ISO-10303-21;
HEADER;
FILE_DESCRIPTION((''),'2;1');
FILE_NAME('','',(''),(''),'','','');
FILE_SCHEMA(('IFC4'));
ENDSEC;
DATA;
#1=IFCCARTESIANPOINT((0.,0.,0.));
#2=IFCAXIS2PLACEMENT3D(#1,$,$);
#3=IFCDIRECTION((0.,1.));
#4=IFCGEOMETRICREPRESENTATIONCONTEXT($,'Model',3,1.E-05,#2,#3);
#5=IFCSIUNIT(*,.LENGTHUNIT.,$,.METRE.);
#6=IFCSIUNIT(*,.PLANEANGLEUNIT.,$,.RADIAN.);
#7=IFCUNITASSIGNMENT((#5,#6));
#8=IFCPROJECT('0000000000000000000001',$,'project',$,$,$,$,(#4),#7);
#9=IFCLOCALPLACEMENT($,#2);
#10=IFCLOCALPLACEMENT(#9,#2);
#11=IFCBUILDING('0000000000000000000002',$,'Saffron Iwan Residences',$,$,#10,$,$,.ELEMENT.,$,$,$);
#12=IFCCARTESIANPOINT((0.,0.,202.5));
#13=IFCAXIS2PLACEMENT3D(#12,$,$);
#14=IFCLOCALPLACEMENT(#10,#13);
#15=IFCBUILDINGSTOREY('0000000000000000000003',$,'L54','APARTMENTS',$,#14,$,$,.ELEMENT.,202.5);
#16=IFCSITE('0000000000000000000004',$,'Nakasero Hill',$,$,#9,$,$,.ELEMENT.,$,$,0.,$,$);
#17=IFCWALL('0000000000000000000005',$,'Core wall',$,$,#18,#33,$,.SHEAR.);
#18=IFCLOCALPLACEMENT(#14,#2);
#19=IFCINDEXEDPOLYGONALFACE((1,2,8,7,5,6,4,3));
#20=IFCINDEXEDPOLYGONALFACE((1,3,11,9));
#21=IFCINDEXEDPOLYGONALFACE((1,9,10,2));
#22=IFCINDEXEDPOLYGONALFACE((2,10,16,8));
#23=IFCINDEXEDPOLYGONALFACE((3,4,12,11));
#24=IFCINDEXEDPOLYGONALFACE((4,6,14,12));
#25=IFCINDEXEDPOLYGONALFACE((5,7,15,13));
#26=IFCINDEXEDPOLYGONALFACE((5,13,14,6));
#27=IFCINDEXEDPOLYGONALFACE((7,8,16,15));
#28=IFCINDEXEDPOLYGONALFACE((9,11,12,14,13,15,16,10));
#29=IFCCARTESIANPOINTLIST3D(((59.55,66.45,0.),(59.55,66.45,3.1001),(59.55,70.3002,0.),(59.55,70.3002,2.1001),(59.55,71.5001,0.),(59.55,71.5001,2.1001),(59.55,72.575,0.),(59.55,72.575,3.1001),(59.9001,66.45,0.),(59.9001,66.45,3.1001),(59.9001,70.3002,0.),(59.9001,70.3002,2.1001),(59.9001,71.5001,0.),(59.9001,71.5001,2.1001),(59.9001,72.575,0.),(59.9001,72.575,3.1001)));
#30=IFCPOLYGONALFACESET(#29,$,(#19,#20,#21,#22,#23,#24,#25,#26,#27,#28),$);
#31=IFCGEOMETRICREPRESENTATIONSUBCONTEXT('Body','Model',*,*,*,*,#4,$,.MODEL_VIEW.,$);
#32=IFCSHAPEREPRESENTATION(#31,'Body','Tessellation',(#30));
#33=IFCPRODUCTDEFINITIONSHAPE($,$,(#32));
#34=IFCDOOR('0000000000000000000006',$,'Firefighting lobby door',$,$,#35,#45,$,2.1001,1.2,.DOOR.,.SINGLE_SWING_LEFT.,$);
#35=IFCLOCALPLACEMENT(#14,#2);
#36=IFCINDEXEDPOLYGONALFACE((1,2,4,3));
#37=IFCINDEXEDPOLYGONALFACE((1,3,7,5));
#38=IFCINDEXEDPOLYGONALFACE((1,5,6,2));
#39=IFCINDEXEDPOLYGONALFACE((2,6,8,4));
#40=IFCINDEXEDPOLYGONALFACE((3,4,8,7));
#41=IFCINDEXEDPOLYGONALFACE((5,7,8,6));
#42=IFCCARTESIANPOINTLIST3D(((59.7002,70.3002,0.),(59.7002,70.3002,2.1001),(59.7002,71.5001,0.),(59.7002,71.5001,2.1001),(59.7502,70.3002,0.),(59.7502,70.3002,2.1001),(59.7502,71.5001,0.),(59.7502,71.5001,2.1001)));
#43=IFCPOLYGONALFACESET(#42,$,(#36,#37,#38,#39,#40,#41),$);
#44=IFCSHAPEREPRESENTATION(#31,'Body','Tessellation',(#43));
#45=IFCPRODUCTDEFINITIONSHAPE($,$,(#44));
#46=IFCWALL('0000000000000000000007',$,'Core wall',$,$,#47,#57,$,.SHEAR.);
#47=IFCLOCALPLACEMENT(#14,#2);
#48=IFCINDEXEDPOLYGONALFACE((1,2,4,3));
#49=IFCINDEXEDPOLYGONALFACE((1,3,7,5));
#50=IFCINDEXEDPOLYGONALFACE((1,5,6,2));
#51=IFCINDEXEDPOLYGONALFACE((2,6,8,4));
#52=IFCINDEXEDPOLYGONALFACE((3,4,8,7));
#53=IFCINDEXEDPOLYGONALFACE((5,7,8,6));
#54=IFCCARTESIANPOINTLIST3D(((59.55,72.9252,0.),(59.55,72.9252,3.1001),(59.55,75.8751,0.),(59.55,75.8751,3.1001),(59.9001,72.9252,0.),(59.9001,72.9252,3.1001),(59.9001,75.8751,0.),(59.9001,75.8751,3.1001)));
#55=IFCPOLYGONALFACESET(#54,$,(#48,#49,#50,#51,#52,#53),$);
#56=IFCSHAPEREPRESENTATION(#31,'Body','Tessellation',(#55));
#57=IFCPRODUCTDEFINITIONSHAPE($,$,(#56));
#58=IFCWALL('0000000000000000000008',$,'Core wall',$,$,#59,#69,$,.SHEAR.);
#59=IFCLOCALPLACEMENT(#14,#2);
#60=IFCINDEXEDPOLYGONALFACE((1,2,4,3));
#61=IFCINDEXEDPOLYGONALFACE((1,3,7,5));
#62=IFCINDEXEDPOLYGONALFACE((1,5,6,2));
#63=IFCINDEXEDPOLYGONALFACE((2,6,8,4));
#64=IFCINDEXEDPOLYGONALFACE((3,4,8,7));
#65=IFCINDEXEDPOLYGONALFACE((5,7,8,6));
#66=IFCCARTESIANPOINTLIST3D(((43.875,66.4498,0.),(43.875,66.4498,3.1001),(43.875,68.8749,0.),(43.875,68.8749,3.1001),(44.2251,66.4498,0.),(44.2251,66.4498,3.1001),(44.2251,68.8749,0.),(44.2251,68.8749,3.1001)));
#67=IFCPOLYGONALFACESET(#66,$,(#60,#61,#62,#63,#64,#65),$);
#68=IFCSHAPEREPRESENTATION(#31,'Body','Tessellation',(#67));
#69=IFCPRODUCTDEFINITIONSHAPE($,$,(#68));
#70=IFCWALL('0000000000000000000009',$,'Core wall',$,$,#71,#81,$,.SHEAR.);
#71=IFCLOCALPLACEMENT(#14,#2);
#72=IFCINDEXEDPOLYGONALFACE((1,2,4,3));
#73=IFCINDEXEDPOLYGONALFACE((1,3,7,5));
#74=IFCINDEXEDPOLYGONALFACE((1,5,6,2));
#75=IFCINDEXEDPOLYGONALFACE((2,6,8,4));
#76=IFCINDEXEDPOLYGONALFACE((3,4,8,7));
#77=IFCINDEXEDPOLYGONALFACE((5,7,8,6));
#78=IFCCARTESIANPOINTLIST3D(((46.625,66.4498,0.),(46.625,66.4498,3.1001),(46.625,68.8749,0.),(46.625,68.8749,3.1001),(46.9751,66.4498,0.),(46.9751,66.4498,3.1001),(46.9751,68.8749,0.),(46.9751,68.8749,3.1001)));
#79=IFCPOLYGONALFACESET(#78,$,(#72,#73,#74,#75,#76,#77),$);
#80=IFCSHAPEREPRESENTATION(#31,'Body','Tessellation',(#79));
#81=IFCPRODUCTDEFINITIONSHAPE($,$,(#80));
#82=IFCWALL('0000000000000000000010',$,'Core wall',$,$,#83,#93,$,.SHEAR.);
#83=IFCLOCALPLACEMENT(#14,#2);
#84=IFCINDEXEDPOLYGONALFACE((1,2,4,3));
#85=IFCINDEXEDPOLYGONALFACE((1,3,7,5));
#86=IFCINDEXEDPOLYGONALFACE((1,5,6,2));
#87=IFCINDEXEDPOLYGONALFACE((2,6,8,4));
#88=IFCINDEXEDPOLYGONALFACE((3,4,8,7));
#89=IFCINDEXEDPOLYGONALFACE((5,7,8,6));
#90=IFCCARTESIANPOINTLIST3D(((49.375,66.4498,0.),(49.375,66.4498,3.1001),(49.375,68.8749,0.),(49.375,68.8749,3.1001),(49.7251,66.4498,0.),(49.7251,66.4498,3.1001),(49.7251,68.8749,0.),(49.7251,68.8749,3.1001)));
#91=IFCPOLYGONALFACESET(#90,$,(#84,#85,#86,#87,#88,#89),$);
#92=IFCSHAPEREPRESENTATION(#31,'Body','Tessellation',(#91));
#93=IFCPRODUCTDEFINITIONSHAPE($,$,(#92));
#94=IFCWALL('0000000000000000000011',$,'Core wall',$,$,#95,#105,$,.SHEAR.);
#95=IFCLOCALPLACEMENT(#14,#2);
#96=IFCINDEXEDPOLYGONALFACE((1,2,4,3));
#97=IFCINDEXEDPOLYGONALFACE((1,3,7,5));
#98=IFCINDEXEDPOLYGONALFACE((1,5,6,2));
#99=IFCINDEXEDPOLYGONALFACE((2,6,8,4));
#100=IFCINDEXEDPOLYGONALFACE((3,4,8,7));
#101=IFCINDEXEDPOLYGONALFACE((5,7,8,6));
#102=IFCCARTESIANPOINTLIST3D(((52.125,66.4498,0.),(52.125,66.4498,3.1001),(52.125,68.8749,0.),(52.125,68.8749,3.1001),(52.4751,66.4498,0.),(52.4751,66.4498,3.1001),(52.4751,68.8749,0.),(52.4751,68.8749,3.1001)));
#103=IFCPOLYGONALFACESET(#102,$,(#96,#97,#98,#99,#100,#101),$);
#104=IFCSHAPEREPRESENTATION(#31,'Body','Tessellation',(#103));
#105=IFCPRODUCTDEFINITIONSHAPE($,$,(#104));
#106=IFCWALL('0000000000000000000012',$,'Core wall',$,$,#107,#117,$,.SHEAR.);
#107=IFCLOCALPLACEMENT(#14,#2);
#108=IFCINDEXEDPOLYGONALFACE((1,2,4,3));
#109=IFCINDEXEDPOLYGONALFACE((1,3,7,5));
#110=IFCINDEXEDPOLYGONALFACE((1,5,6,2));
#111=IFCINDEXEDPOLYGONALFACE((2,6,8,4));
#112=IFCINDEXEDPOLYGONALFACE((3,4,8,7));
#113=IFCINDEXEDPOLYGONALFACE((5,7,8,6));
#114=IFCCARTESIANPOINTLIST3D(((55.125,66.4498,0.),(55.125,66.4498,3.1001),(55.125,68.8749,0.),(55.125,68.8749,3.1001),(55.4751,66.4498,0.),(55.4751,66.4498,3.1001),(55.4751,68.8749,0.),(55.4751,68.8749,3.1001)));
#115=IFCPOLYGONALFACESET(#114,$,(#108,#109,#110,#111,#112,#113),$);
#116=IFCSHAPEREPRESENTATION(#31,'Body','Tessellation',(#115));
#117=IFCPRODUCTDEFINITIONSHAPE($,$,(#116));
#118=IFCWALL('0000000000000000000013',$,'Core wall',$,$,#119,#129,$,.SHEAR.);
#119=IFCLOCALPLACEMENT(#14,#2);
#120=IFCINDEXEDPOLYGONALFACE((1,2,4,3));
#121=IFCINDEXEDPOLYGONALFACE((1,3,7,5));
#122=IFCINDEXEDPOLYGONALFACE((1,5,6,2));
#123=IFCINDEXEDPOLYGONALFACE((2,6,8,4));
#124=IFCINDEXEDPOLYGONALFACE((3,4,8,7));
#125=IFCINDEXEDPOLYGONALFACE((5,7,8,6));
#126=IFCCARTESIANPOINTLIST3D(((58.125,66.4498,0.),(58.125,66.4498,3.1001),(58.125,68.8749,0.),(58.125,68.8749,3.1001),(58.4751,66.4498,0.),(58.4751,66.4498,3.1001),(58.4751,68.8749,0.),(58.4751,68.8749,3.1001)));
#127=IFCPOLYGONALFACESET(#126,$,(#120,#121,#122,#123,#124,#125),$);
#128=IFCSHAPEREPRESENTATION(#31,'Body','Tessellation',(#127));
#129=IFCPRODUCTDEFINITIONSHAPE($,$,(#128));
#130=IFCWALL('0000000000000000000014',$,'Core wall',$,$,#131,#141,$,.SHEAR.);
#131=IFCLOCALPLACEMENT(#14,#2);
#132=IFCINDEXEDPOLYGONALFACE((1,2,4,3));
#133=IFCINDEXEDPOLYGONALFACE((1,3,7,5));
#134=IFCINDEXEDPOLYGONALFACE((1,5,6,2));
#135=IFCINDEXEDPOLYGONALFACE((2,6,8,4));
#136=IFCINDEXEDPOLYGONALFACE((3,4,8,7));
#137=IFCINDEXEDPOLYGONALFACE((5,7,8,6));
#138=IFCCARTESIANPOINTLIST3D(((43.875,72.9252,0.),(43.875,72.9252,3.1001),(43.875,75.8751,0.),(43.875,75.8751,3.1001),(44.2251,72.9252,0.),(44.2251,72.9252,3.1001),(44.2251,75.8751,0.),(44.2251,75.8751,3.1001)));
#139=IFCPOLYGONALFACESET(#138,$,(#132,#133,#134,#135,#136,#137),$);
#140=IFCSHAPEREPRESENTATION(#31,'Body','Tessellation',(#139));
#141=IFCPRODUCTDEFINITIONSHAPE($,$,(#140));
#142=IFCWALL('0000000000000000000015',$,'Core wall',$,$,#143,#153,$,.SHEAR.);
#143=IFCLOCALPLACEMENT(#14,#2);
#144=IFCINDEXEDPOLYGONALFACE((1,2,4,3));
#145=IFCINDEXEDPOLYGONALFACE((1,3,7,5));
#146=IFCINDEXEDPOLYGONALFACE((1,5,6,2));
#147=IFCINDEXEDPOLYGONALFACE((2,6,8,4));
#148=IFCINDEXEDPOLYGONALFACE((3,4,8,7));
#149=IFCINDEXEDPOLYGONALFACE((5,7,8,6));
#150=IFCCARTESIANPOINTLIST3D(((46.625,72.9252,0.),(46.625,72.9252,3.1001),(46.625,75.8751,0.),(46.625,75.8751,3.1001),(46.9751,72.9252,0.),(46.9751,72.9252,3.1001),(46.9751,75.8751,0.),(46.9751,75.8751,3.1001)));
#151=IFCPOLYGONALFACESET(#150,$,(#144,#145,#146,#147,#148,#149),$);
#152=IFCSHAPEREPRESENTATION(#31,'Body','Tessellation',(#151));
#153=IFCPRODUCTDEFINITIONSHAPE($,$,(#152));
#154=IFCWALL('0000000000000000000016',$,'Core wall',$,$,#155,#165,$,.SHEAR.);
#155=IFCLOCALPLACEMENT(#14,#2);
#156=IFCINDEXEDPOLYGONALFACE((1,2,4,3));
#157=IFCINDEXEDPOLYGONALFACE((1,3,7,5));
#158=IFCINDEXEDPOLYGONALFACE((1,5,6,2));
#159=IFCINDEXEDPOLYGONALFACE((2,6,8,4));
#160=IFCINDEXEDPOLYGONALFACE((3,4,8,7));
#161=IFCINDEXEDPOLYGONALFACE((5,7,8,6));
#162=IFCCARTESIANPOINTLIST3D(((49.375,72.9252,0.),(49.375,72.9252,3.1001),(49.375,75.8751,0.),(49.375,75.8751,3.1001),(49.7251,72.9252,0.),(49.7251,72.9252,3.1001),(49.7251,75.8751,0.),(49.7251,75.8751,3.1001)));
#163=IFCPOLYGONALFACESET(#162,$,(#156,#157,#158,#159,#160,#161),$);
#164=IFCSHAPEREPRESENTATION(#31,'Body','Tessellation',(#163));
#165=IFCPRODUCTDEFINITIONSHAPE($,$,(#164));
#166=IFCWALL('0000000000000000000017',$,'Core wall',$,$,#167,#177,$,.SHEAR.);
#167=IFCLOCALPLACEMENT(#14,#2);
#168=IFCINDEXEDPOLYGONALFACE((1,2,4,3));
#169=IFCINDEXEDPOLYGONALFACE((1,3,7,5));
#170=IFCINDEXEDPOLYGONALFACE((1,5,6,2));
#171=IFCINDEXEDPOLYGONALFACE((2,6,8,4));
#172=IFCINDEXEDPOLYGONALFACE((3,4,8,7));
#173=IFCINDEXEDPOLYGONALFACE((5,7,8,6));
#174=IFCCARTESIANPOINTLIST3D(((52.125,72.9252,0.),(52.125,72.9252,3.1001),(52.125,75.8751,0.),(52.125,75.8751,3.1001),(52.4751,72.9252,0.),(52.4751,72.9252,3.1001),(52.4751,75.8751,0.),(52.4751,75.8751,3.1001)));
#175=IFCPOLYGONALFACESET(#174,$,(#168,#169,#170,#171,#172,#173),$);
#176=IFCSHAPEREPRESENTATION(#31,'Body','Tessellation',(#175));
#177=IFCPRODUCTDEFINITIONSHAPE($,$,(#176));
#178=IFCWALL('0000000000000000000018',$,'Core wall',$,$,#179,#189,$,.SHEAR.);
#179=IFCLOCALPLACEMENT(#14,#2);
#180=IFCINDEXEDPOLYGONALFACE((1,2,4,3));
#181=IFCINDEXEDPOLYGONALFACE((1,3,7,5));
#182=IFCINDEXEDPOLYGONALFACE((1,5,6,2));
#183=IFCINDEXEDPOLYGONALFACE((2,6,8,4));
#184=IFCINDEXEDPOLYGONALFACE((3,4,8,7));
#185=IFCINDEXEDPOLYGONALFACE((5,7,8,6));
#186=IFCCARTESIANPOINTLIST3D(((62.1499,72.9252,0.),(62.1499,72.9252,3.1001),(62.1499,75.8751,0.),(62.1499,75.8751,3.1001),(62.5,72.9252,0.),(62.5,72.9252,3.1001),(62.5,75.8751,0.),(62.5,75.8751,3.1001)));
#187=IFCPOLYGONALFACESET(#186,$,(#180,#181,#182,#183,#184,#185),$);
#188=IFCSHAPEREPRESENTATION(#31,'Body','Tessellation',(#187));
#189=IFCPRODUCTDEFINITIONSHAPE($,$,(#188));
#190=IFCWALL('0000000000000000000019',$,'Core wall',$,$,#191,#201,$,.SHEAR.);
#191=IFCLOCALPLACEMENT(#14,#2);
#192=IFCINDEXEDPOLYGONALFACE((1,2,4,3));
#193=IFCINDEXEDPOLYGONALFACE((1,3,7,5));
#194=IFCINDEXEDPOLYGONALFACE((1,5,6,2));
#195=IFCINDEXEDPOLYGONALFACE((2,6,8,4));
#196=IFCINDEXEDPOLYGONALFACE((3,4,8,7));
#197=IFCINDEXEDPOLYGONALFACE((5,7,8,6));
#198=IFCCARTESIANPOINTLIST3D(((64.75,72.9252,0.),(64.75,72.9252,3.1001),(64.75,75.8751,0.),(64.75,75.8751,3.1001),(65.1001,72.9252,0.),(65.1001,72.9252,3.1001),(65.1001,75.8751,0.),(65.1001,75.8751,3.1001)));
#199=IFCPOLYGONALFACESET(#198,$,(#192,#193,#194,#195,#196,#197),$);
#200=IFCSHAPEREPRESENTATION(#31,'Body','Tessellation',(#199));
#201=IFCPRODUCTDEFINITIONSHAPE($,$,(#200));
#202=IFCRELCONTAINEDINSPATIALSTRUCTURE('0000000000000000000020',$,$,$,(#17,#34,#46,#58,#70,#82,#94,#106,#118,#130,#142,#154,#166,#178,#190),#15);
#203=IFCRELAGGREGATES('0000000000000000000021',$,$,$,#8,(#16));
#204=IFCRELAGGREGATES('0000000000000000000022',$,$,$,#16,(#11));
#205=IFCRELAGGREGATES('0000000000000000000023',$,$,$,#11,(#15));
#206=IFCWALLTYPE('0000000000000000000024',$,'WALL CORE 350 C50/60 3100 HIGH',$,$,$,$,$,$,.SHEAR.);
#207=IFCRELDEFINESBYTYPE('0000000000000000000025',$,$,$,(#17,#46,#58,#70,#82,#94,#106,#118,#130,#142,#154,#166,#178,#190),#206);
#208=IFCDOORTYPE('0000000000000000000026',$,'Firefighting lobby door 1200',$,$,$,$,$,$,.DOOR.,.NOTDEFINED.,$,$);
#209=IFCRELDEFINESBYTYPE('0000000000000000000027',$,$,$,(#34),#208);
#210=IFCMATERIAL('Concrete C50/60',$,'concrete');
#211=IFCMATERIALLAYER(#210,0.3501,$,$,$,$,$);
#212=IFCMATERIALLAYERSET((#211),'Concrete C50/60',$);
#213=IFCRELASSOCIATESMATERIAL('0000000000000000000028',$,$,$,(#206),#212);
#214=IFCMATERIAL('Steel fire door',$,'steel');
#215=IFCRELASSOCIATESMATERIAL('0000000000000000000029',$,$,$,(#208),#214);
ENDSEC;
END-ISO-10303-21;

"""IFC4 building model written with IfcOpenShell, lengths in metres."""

from ifc_helpers import new_model, si_unit, direction, frame, frame_2d, origin, place, context, subcontext, project, spatial, rectangle, extrude, material, layer, layer_set, type_object, element, fill, save


model = new_model("IFC4")

# Units and contexts
model_context = context("Model", 3, precision=1e-05, world=origin(), true_north=direction((0.0, 1.0)))
body_context = subcontext(model_context, "Body", "Model", "MODEL_VIEW")
ifc_project = project(units=[si_unit("LENGTHUNIT", "METRE"), si_unit("PLANEANGLEUNIT", "RADIAN")], contexts=[model_context])

# Site, building, storey
site_placement = place(None, origin())
site = spatial("IfcSite", under=ifc_project, at=site_placement, Name="Nakasero Hill", CompositionType="ELEMENT", RefElevation=0.0)
building_placement = place(site_placement, origin())
building = spatial("IfcBuilding", under=site, at=building_placement, Name="Saffron Iwan Residences", CompositionType="ELEMENT")
storey_placement = place(building_placement, frame((0.0, 0.0, 202.5)))
storey = spatial("IfcBuildingStorey", under=building, at=storey_placement, Name="L54", Description="APARTMENTS", CompositionType="ELEMENT", Elevation=202.5)

# Shared definitions
ifc_material_1 = material(Name="Concrete C50/60", Category="concrete")

# Shared definitions
ifc_material_2 = material(Name="Steel fire door", Category="steel")

# Wall, opening, door
ifc_layer_1 = layer(ifc_material_1, 0.3501)
ifc_layer_set_1 = layer_set([ifc_layer_1], Name="Concrete C50/60")
wall_type_1 = type_object("IfcWallType", Name="WALL CORE 350 C50/60 3100 HIGH", PredefinedType="SHEAR", material=ifc_layer_set_1)
wall_1_placement = place(storey_placement, frame((59.7251, 66.45, 0.0), z_axis=(0.0, 0.0, 1.0), x_axis=(0.0, 1.0, 0.0)))
wall_1 = element("IfcWall", 1, at=wall_1_placement, inside=storey, type_object=wall_type_1, Name="Core wall", PredefinedType="SHEAR", context=body_context, shape_type="SweptSolid", body=[
    extrude(rectangle(XDim=6.125, YDim=0.3501, at=frame_2d((3.0625, 0.0))), origin(), (0.0, 0.0, 1.0), 3.1001),
])
opening_1_placement = place(wall_1_placement, frame((3.8501, 0.0, 0.0)))
opening_1 = element("IfcOpeningElement", 2, at=opening_1_placement, cuts=wall_1, PredefinedType="OPENING", context=body_context, shape_type="SweptSolid", body=[
    extrude(rectangle(XDim=1.2, YDim=2.1001, at=frame_2d((0.6001, 1.05))), frame((0.0, 0.1851, 0.0), z_axis=(0.0, -1.0, 0.0), x_axis=(1.0, 0.0, 0.0)), (0.0, 0.0, 1.0), 0.3701),
])
door_type_1 = type_object("IfcDoorType", Name="Firefighting lobby door 1200", OperationType="NOTDEFINED", PredefinedType="DOOR", material=ifc_material_2)
door_1_placement = place(opening_1_placement, origin())
door_1 = element("IfcDoor", 3, at=door_1_placement, inside=storey, type_object=door_type_1, Name="Firefighting lobby door", OperationType="SINGLE_SWING_LEFT", OverallHeight=2.1001, OverallWidth=1.2, PredefinedType="DOOR", context=body_context, shape_type="SweptSolid", body=[
    extrude(rectangle(XDim=1.2, YDim=2.1001, at=frame_2d((0.6001, 1.05))), frame((0.0, 0.0249, 0.0), z_axis=(0.0, -1.0, 0.0), x_axis=(1.0, 0.0, 0.0)), (0.0, 0.0, 1.0), 0.05),
])
fill(opening_1, door_1)

# Walls
wall_2_placement = place(storey_placement, frame((59.7251, 72.925, 0.0), z_axis=(0.0, 0.0, 1.0), x_axis=(0.0, 1.0, 0.0)))
element("IfcWall", 4, at=wall_2_placement, inside=storey, type_object=wall_type_1, Name="Core wall", PredefinedType="SHEAR", context=body_context, shape_type="SweptSolid", body=[
    extrude(rectangle(XDim=2.95, YDim=0.3501, at=frame_2d((1.4751, 0.0))), origin(), (0.0, 0.0, 1.0), 3.1001),
])
for number, where, z_axis, x_axis, name in (
    (5, (44.05, 66.45, 0.0), (0.0, 0.0, 1.0), (0.0, 1.0, 0.0), "Core wall"),
    (6, (46.8, 66.45, 0.0), (0.0, 0.0, 1.0), (0.0, 1.0, 0.0), "Core wall"),
    (7, (49.55, 66.45, 0.0), (0.0, 0.0, 1.0), (0.0, 1.0, 0.0), "Core wall"),
    (8, (52.3, 66.45, 0.0), (0.0, 0.0, 1.0), (0.0, 1.0, 0.0), "Core wall"),
    (9, (55.3, 66.45, 0.0), (0.0, 0.0, 1.0), (0.0, 1.0, 0.0), "Core wall"),
    (10, (58.3, 66.45, 0.0), (0.0, 0.0, 1.0), (0.0, 1.0, 0.0), "Core wall"),
):
    element("IfcWall", number, at=place(storey_placement, frame(where, z_axis=z_axis, x_axis=x_axis)), inside=storey, type_object=wall_type_1, Name=name, PredefinedType="SHEAR", context=body_context, shape_type="SweptSolid", body=[
        extrude(rectangle(XDim=2.425, YDim=0.3501, at=frame_2d((1.2124, 0.0))), origin(), (0.0, 0.0, 1.0), 3.1001),
    ])
for number, where, z_axis, x_axis, name in (
    (11, (44.05, 72.925, 0.0), (0.0, 0.0, 1.0), (0.0, 1.0, 0.0), "Core wall"),
    (12, (46.8, 72.925, 0.0), (0.0, 0.0, 1.0), (0.0, 1.0, 0.0), "Core wall"),
    (13, (49.55, 72.925, 0.0), (0.0, 0.0, 1.0), (0.0, 1.0, 0.0), "Core wall"),
    (14, (52.3, 72.925, 0.0), (0.0, 0.0, 1.0), (0.0, 1.0, 0.0), "Core wall"),
    (15, (62.325, 72.925, 0.0), (0.0, 0.0, 1.0), (0.0, 1.0, 0.0), "Core wall"),
    (16, (64.925, 72.925, 0.0), (0.0, 0.0, 1.0), (0.0, 1.0, 0.0), "Core wall"),
):
    element("IfcWall", number, at=place(storey_placement, frame(where, z_axis=z_axis, x_axis=x_axis)), inside=storey, type_object=wall_type_1, Name=name, PredefinedType="SHEAR", context=body_context, shape_type="SweptSolid", body=[
        extrude(rectangle(XDim=2.95, YDim=0.3501, at=frame_2d((1.4751, 0.0))), origin(), (0.0, 0.0, 1.0), 3.1001),
    ])

save(model, "model.ifc")
